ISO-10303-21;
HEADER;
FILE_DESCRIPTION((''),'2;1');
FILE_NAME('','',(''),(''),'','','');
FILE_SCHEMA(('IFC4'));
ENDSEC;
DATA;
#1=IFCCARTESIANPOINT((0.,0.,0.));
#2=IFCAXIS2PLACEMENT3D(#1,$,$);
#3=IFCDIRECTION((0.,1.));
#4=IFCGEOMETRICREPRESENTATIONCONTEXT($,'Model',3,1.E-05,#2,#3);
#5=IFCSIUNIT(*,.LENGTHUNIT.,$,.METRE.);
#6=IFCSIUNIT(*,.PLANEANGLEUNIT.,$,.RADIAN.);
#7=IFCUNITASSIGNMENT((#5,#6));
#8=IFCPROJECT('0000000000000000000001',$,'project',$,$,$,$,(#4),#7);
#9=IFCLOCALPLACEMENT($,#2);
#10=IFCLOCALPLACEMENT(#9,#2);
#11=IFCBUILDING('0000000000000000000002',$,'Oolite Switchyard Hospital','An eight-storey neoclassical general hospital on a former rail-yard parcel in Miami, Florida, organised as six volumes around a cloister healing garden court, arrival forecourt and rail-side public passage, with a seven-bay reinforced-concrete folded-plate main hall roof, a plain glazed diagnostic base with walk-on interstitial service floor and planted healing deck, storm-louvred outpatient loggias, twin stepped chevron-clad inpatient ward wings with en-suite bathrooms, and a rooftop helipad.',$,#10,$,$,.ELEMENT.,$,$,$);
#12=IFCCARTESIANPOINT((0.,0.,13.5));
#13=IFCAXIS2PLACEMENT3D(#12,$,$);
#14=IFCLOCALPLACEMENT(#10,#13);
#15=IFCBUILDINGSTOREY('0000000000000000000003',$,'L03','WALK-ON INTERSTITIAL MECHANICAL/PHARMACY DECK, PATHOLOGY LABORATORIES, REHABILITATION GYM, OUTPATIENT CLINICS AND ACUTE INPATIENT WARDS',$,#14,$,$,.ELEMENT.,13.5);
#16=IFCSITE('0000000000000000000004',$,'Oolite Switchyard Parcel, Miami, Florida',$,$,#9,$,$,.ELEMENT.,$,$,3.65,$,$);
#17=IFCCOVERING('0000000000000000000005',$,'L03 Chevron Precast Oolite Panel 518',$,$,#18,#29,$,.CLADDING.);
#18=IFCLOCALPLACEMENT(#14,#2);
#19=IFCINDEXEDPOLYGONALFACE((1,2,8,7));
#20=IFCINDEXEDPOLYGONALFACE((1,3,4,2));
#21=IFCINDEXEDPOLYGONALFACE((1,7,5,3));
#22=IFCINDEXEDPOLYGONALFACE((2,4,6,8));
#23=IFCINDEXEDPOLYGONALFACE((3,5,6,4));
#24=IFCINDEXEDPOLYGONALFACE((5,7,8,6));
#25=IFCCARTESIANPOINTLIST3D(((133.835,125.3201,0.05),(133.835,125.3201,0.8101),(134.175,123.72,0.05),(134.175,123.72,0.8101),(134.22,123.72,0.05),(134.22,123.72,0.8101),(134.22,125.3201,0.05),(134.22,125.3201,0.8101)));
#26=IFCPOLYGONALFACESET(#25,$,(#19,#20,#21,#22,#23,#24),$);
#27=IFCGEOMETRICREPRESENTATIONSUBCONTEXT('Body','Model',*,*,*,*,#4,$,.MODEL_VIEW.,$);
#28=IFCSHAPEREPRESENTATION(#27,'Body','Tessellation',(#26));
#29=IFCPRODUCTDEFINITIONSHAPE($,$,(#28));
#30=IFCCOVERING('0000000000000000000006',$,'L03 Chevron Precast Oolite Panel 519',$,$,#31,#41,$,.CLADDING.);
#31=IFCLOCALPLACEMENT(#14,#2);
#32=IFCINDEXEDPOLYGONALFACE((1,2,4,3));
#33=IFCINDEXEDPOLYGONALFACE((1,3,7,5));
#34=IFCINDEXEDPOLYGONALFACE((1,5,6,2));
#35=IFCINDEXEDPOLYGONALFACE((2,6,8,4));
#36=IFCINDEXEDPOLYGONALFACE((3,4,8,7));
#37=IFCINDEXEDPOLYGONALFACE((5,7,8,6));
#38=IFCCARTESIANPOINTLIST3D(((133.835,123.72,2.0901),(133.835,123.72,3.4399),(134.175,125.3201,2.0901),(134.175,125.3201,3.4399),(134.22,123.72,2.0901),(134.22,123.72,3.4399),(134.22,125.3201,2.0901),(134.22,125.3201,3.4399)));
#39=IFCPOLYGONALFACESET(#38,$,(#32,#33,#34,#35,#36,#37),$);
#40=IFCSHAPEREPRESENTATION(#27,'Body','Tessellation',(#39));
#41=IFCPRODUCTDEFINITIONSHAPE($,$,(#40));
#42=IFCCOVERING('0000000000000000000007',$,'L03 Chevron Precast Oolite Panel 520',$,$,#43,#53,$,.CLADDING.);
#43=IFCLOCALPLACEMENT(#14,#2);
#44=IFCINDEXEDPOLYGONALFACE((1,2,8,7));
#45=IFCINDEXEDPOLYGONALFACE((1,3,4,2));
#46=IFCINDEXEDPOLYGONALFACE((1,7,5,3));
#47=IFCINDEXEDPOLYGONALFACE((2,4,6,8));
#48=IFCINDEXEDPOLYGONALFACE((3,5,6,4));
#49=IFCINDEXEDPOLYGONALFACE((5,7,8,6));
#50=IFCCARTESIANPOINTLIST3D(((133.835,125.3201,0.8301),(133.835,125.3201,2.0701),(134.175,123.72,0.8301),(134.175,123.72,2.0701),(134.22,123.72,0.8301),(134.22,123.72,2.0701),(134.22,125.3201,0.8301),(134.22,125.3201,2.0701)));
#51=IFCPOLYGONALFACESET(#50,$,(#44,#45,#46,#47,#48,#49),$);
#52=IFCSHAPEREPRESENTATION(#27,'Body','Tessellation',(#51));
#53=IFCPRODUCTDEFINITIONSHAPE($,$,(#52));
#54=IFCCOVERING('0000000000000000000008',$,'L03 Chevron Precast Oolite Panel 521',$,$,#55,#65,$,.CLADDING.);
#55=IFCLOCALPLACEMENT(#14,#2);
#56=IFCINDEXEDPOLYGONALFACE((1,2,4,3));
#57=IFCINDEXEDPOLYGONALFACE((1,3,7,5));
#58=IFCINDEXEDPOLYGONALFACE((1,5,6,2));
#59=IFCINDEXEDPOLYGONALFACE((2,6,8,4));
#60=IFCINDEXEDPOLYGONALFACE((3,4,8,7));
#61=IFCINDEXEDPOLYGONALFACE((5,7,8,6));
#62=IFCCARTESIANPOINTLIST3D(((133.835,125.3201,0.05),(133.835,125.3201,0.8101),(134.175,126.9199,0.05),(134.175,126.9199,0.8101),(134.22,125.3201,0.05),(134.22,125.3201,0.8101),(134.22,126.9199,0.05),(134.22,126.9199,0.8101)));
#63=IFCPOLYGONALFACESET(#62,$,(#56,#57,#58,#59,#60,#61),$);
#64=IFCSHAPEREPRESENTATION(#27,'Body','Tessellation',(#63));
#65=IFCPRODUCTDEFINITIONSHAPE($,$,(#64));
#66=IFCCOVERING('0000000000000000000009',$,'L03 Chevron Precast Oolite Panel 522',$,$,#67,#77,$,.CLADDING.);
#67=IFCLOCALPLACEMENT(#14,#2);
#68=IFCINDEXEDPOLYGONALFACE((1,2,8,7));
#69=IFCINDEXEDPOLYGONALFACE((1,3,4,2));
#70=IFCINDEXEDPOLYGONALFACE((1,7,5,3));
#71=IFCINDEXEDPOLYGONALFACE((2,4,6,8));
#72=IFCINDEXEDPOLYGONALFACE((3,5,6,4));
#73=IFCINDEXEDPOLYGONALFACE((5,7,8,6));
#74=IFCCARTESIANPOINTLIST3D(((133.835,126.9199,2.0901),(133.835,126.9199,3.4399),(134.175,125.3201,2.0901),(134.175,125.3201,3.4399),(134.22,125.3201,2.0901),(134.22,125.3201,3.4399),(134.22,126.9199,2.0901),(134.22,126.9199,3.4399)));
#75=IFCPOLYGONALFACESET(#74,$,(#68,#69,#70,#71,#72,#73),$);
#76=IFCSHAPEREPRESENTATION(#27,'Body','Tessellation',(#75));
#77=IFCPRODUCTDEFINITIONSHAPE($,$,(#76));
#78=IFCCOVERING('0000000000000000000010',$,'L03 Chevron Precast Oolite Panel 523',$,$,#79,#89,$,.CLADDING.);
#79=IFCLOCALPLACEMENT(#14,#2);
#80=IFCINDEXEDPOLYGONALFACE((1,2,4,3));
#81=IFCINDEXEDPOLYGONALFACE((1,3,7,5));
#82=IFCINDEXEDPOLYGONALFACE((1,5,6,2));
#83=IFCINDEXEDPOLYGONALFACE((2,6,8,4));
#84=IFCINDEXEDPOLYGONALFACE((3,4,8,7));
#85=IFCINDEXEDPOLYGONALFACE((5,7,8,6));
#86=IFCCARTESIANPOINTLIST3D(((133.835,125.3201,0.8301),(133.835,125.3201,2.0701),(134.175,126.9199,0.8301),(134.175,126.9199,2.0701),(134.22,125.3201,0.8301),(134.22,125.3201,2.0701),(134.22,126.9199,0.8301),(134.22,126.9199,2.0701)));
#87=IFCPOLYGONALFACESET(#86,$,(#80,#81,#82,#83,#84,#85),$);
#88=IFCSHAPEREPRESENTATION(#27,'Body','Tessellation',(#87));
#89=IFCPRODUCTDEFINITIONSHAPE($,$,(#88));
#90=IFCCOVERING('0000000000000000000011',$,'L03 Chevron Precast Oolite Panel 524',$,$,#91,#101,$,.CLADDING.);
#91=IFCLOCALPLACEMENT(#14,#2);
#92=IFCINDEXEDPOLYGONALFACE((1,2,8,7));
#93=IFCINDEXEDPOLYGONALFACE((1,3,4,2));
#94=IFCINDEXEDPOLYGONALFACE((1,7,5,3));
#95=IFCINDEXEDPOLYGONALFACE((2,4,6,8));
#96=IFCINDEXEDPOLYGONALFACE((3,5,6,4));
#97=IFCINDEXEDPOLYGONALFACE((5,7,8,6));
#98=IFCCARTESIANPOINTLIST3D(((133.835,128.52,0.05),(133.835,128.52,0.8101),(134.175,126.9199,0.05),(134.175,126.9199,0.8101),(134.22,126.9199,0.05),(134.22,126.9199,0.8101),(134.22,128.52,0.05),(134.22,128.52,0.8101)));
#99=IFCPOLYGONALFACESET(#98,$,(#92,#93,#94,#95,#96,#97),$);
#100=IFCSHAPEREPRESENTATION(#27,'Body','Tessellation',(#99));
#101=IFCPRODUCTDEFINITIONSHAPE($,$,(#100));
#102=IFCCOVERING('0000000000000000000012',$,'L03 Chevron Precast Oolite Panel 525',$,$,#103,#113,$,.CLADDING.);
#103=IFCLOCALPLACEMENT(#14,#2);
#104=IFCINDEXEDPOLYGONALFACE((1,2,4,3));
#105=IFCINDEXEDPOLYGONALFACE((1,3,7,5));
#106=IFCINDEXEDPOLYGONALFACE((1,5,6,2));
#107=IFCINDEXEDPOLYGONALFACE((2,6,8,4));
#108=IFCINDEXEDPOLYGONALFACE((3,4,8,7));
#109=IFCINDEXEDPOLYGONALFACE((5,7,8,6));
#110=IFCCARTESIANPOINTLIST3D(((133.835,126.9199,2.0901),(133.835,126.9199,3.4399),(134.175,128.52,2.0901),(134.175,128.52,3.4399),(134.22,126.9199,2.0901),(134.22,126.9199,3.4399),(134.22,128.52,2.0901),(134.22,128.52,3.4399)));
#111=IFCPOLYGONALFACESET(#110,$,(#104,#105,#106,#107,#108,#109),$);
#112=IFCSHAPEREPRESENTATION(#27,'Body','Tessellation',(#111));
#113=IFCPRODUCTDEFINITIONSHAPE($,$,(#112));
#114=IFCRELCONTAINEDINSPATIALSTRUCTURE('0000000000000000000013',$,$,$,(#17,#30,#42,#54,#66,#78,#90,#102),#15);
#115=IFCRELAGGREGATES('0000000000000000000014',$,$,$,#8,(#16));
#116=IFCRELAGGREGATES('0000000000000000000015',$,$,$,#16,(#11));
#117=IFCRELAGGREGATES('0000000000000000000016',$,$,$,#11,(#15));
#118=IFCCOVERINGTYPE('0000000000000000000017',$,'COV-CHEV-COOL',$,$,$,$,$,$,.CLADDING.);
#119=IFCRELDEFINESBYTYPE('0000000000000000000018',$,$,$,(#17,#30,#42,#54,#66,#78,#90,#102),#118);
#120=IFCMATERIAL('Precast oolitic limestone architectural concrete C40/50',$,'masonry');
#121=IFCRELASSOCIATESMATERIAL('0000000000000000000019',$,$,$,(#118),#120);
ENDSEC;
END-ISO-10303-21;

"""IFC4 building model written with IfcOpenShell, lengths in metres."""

from ifc_helpers import new_model, si_unit, direction, frame, origin, place, context, subcontext, project, spatial, polyline, outline, extrude, material, type_object, element, save


model = new_model("IFC4")

# Units and contexts
model_context = context("Model", 3, precision=1e-05, world=origin(), true_north=direction((0.0, 1.0)))
body_context = subcontext(model_context, "Body", "Model", "MODEL_VIEW")
ifc_project = project(units=[si_unit("LENGTHUNIT", "METRE"), si_unit("PLANEANGLEUNIT", "RADIAN")], contexts=[model_context])

# Site, building, storey
site_placement = place(None, origin())
site = spatial("IfcSite", under=ifc_project, at=site_placement, Name="Oolite Switchyard Parcel, Miami, Florida", CompositionType="ELEMENT", RefElevation=3.65)
building_placement = place(site_placement, origin())
building = spatial("IfcBuilding", under=site, at=building_placement, Name="Oolite Switchyard Hospital", Description="An eight-storey neoclassical general hospital on a former rail-yard parcel in Miami, Florida, organised as six volumes around a cloister healing garden court, arrival forecourt and rail-side public passage, with a seven-bay reinforced-concrete folded-plate main hall roof, a plain glazed diagnostic base with walk-on interstitial service floor and planted healing deck, storm-louvred outpatient loggias, twin stepped chevron-clad inpatient ward wings with en-suite bathrooms, and a rooftop helipad.", CompositionType="ELEMENT")
storey_placement = place(building_placement, frame((0.0, 0.0, 13.5)))
storey = spatial("IfcBuildingStorey", under=building, at=storey_placement, Name="L03", Description="WALK-ON INTERSTITIAL MECHANICAL/PHARMACY DECK, PATHOLOGY LABORATORIES, REHABILITATION GYM, OUTPATIENT CLINICS AND ACUTE INPATIENT WARDS", CompositionType="ELEMENT", Elevation=13.5)

# Coverings
ifc_material_1 = material(Name="Precast oolitic limestone architectural concrete C40/50", Category="masonry")
covering_type = type_object("IfcCoveringType", Name="COV-CHEV-COOL", PredefinedType="CLADDING", material=ifc_material_1)
covering_1_placement = place(storey_placement, frame((134.22, 123.72, 0.05), z_axis=(0.0, 0.0, 1.0), x_axis=(0.0, 1.0, 0.0)))
element("IfcCovering", 1, at=covering_1_placement, inside=storey, type_object=covering_type, Name="L03 Chevron Precast Oolite Panel 518", PredefinedType="CLADDING", context=body_context, shape_type="SweptSolid", body=[
    extrude(outline(polyline([(0.0, 0.0), (1.6001, 0.0), (1.6001, 0.385), (0.0, 0.0449), (0.0, 0.0)])), origin(), (0.0, 0.0, 1.0), 0.76),
])
covering_2_placement = place(storey_placement, frame((134.22, 123.72, 2.0901), z_axis=(0.0, 0.0, 1.0), x_axis=(0.0, 1.0, 0.0)))
element("IfcCovering", 2, at=covering_2_placement, inside=storey, type_object=covering_type, Name="L03 Chevron Precast Oolite Panel 519", PredefinedType="CLADDING", context=body_context, shape_type="SweptSolid", body=[
    extrude(outline(polyline([(0.0, 0.0), (1.6001, 0.0), (1.6001, 0.0449), (0.0, 0.385), (0.0, 0.0)])), origin(), (0.0, 0.0, 1.0), 1.3499),
])
covering_3_placement = place(storey_placement, frame((134.22, 123.72, 0.8301), z_axis=(0.0, 0.0, 1.0), x_axis=(0.0, 1.0, 0.0)))
element("IfcCovering", 3, at=covering_3_placement, inside=storey, type_object=covering_type, Name="L03 Chevron Precast Oolite Panel 520", PredefinedType="CLADDING", context=body_context, shape_type="SweptSolid", body=[
    extrude(outline(polyline([(0.0, 0.0), (1.6001, 0.0), (1.6001, 0.385), (0.0, 0.0449), (0.0, 0.0)])), origin(), (0.0, 0.0, 1.0), 1.24),
])
covering_4_placement = place(storey_placement, frame((134.22, 125.3201, 0.05), z_axis=(0.0, 0.0, 1.0), x_axis=(0.0, 1.0, 0.0)))
element("IfcCovering", 4, at=covering_4_placement, inside=storey, type_object=covering_type, Name="L03 Chevron Precast Oolite Panel 521", PredefinedType="CLADDING", context=body_context, shape_type="SweptSolid", body=[
    extrude(outline(polyline([(0.0, 0.0), (1.5999, 0.0), (1.5999, 0.0449), (0.0, 0.385), (0.0, 0.0)])), origin(), (0.0, 0.0, 1.0), 0.76),
])
covering_5_placement = place(storey_placement, frame((134.22, 125.3201, 2.0901), z_axis=(0.0, 0.0, 1.0), x_axis=(0.0, 1.0, 0.0)))
element("IfcCovering", 5, at=covering_5_placement, inside=storey, type_object=covering_type, Name="L03 Chevron Precast Oolite Panel 522", PredefinedType="CLADDING", context=body_context, shape_type="SweptSolid", body=[
    extrude(outline(polyline([(0.0, 0.0), (1.5999, 0.0), (1.5999, 0.385), (0.0, 0.0449), (0.0, 0.0)])), origin(), (0.0, 0.0, 1.0), 1.3499),
])
covering_6_placement = place(storey_placement, frame((134.22, 125.3201, 0.8301), z_axis=(0.0, 0.0, 1.0), x_axis=(0.0, 1.0, 0.0)))
element("IfcCovering", 6, at=covering_6_placement, inside=storey, type_object=covering_type, Name="L03 Chevron Precast Oolite Panel 523", PredefinedType="CLADDING", context=body_context, shape_type="SweptSolid", body=[
    extrude(outline(polyline([(0.0, 0.0), (1.5999, 0.0), (1.5999, 0.0449), (0.0, 0.385), (0.0, 0.0)])), origin(), (0.0, 0.0, 1.0), 1.24),
])
covering_7_placement = place(storey_placement, frame((134.22, 126.9199, 0.05), z_axis=(0.0, 0.0, 1.0), x_axis=(0.0, 1.0, 0.0)))
element("IfcCovering", 7, at=covering_7_placement, inside=storey, type_object=covering_type, Name="L03 Chevron Precast Oolite Panel 524", PredefinedType="CLADDING", context=body_context, shape_type="SweptSolid", body=[
    extrude(outline(polyline([(0.0, 0.0), (1.6001, 0.0), (1.6001, 0.385), (0.0, 0.0449), (0.0, 0.0)])), origin(), (0.0, 0.0, 1.0), 0.76),
])
covering_8_placement = place(storey_placement, frame((134.22, 126.9199, 2.0901), z_axis=(0.0, 0.0, 1.0), x_axis=(0.0, 1.0, 0.0)))
element("IfcCovering", 8, at=covering_8_placement, inside=storey, type_object=covering_type, Name="L03 Chevron Precast Oolite Panel 525", PredefinedType="CLADDING", context=body_context, shape_type="SweptSolid", body=[
    extrude(outline(polyline([(0.0, 0.0), (1.6001, 0.0), (1.6001, 0.0449), (0.0, 0.385), (0.0, 0.0)])), origin(), (0.0, 0.0, 1.0), 1.3499),
])

save(model, "model.ifc")
